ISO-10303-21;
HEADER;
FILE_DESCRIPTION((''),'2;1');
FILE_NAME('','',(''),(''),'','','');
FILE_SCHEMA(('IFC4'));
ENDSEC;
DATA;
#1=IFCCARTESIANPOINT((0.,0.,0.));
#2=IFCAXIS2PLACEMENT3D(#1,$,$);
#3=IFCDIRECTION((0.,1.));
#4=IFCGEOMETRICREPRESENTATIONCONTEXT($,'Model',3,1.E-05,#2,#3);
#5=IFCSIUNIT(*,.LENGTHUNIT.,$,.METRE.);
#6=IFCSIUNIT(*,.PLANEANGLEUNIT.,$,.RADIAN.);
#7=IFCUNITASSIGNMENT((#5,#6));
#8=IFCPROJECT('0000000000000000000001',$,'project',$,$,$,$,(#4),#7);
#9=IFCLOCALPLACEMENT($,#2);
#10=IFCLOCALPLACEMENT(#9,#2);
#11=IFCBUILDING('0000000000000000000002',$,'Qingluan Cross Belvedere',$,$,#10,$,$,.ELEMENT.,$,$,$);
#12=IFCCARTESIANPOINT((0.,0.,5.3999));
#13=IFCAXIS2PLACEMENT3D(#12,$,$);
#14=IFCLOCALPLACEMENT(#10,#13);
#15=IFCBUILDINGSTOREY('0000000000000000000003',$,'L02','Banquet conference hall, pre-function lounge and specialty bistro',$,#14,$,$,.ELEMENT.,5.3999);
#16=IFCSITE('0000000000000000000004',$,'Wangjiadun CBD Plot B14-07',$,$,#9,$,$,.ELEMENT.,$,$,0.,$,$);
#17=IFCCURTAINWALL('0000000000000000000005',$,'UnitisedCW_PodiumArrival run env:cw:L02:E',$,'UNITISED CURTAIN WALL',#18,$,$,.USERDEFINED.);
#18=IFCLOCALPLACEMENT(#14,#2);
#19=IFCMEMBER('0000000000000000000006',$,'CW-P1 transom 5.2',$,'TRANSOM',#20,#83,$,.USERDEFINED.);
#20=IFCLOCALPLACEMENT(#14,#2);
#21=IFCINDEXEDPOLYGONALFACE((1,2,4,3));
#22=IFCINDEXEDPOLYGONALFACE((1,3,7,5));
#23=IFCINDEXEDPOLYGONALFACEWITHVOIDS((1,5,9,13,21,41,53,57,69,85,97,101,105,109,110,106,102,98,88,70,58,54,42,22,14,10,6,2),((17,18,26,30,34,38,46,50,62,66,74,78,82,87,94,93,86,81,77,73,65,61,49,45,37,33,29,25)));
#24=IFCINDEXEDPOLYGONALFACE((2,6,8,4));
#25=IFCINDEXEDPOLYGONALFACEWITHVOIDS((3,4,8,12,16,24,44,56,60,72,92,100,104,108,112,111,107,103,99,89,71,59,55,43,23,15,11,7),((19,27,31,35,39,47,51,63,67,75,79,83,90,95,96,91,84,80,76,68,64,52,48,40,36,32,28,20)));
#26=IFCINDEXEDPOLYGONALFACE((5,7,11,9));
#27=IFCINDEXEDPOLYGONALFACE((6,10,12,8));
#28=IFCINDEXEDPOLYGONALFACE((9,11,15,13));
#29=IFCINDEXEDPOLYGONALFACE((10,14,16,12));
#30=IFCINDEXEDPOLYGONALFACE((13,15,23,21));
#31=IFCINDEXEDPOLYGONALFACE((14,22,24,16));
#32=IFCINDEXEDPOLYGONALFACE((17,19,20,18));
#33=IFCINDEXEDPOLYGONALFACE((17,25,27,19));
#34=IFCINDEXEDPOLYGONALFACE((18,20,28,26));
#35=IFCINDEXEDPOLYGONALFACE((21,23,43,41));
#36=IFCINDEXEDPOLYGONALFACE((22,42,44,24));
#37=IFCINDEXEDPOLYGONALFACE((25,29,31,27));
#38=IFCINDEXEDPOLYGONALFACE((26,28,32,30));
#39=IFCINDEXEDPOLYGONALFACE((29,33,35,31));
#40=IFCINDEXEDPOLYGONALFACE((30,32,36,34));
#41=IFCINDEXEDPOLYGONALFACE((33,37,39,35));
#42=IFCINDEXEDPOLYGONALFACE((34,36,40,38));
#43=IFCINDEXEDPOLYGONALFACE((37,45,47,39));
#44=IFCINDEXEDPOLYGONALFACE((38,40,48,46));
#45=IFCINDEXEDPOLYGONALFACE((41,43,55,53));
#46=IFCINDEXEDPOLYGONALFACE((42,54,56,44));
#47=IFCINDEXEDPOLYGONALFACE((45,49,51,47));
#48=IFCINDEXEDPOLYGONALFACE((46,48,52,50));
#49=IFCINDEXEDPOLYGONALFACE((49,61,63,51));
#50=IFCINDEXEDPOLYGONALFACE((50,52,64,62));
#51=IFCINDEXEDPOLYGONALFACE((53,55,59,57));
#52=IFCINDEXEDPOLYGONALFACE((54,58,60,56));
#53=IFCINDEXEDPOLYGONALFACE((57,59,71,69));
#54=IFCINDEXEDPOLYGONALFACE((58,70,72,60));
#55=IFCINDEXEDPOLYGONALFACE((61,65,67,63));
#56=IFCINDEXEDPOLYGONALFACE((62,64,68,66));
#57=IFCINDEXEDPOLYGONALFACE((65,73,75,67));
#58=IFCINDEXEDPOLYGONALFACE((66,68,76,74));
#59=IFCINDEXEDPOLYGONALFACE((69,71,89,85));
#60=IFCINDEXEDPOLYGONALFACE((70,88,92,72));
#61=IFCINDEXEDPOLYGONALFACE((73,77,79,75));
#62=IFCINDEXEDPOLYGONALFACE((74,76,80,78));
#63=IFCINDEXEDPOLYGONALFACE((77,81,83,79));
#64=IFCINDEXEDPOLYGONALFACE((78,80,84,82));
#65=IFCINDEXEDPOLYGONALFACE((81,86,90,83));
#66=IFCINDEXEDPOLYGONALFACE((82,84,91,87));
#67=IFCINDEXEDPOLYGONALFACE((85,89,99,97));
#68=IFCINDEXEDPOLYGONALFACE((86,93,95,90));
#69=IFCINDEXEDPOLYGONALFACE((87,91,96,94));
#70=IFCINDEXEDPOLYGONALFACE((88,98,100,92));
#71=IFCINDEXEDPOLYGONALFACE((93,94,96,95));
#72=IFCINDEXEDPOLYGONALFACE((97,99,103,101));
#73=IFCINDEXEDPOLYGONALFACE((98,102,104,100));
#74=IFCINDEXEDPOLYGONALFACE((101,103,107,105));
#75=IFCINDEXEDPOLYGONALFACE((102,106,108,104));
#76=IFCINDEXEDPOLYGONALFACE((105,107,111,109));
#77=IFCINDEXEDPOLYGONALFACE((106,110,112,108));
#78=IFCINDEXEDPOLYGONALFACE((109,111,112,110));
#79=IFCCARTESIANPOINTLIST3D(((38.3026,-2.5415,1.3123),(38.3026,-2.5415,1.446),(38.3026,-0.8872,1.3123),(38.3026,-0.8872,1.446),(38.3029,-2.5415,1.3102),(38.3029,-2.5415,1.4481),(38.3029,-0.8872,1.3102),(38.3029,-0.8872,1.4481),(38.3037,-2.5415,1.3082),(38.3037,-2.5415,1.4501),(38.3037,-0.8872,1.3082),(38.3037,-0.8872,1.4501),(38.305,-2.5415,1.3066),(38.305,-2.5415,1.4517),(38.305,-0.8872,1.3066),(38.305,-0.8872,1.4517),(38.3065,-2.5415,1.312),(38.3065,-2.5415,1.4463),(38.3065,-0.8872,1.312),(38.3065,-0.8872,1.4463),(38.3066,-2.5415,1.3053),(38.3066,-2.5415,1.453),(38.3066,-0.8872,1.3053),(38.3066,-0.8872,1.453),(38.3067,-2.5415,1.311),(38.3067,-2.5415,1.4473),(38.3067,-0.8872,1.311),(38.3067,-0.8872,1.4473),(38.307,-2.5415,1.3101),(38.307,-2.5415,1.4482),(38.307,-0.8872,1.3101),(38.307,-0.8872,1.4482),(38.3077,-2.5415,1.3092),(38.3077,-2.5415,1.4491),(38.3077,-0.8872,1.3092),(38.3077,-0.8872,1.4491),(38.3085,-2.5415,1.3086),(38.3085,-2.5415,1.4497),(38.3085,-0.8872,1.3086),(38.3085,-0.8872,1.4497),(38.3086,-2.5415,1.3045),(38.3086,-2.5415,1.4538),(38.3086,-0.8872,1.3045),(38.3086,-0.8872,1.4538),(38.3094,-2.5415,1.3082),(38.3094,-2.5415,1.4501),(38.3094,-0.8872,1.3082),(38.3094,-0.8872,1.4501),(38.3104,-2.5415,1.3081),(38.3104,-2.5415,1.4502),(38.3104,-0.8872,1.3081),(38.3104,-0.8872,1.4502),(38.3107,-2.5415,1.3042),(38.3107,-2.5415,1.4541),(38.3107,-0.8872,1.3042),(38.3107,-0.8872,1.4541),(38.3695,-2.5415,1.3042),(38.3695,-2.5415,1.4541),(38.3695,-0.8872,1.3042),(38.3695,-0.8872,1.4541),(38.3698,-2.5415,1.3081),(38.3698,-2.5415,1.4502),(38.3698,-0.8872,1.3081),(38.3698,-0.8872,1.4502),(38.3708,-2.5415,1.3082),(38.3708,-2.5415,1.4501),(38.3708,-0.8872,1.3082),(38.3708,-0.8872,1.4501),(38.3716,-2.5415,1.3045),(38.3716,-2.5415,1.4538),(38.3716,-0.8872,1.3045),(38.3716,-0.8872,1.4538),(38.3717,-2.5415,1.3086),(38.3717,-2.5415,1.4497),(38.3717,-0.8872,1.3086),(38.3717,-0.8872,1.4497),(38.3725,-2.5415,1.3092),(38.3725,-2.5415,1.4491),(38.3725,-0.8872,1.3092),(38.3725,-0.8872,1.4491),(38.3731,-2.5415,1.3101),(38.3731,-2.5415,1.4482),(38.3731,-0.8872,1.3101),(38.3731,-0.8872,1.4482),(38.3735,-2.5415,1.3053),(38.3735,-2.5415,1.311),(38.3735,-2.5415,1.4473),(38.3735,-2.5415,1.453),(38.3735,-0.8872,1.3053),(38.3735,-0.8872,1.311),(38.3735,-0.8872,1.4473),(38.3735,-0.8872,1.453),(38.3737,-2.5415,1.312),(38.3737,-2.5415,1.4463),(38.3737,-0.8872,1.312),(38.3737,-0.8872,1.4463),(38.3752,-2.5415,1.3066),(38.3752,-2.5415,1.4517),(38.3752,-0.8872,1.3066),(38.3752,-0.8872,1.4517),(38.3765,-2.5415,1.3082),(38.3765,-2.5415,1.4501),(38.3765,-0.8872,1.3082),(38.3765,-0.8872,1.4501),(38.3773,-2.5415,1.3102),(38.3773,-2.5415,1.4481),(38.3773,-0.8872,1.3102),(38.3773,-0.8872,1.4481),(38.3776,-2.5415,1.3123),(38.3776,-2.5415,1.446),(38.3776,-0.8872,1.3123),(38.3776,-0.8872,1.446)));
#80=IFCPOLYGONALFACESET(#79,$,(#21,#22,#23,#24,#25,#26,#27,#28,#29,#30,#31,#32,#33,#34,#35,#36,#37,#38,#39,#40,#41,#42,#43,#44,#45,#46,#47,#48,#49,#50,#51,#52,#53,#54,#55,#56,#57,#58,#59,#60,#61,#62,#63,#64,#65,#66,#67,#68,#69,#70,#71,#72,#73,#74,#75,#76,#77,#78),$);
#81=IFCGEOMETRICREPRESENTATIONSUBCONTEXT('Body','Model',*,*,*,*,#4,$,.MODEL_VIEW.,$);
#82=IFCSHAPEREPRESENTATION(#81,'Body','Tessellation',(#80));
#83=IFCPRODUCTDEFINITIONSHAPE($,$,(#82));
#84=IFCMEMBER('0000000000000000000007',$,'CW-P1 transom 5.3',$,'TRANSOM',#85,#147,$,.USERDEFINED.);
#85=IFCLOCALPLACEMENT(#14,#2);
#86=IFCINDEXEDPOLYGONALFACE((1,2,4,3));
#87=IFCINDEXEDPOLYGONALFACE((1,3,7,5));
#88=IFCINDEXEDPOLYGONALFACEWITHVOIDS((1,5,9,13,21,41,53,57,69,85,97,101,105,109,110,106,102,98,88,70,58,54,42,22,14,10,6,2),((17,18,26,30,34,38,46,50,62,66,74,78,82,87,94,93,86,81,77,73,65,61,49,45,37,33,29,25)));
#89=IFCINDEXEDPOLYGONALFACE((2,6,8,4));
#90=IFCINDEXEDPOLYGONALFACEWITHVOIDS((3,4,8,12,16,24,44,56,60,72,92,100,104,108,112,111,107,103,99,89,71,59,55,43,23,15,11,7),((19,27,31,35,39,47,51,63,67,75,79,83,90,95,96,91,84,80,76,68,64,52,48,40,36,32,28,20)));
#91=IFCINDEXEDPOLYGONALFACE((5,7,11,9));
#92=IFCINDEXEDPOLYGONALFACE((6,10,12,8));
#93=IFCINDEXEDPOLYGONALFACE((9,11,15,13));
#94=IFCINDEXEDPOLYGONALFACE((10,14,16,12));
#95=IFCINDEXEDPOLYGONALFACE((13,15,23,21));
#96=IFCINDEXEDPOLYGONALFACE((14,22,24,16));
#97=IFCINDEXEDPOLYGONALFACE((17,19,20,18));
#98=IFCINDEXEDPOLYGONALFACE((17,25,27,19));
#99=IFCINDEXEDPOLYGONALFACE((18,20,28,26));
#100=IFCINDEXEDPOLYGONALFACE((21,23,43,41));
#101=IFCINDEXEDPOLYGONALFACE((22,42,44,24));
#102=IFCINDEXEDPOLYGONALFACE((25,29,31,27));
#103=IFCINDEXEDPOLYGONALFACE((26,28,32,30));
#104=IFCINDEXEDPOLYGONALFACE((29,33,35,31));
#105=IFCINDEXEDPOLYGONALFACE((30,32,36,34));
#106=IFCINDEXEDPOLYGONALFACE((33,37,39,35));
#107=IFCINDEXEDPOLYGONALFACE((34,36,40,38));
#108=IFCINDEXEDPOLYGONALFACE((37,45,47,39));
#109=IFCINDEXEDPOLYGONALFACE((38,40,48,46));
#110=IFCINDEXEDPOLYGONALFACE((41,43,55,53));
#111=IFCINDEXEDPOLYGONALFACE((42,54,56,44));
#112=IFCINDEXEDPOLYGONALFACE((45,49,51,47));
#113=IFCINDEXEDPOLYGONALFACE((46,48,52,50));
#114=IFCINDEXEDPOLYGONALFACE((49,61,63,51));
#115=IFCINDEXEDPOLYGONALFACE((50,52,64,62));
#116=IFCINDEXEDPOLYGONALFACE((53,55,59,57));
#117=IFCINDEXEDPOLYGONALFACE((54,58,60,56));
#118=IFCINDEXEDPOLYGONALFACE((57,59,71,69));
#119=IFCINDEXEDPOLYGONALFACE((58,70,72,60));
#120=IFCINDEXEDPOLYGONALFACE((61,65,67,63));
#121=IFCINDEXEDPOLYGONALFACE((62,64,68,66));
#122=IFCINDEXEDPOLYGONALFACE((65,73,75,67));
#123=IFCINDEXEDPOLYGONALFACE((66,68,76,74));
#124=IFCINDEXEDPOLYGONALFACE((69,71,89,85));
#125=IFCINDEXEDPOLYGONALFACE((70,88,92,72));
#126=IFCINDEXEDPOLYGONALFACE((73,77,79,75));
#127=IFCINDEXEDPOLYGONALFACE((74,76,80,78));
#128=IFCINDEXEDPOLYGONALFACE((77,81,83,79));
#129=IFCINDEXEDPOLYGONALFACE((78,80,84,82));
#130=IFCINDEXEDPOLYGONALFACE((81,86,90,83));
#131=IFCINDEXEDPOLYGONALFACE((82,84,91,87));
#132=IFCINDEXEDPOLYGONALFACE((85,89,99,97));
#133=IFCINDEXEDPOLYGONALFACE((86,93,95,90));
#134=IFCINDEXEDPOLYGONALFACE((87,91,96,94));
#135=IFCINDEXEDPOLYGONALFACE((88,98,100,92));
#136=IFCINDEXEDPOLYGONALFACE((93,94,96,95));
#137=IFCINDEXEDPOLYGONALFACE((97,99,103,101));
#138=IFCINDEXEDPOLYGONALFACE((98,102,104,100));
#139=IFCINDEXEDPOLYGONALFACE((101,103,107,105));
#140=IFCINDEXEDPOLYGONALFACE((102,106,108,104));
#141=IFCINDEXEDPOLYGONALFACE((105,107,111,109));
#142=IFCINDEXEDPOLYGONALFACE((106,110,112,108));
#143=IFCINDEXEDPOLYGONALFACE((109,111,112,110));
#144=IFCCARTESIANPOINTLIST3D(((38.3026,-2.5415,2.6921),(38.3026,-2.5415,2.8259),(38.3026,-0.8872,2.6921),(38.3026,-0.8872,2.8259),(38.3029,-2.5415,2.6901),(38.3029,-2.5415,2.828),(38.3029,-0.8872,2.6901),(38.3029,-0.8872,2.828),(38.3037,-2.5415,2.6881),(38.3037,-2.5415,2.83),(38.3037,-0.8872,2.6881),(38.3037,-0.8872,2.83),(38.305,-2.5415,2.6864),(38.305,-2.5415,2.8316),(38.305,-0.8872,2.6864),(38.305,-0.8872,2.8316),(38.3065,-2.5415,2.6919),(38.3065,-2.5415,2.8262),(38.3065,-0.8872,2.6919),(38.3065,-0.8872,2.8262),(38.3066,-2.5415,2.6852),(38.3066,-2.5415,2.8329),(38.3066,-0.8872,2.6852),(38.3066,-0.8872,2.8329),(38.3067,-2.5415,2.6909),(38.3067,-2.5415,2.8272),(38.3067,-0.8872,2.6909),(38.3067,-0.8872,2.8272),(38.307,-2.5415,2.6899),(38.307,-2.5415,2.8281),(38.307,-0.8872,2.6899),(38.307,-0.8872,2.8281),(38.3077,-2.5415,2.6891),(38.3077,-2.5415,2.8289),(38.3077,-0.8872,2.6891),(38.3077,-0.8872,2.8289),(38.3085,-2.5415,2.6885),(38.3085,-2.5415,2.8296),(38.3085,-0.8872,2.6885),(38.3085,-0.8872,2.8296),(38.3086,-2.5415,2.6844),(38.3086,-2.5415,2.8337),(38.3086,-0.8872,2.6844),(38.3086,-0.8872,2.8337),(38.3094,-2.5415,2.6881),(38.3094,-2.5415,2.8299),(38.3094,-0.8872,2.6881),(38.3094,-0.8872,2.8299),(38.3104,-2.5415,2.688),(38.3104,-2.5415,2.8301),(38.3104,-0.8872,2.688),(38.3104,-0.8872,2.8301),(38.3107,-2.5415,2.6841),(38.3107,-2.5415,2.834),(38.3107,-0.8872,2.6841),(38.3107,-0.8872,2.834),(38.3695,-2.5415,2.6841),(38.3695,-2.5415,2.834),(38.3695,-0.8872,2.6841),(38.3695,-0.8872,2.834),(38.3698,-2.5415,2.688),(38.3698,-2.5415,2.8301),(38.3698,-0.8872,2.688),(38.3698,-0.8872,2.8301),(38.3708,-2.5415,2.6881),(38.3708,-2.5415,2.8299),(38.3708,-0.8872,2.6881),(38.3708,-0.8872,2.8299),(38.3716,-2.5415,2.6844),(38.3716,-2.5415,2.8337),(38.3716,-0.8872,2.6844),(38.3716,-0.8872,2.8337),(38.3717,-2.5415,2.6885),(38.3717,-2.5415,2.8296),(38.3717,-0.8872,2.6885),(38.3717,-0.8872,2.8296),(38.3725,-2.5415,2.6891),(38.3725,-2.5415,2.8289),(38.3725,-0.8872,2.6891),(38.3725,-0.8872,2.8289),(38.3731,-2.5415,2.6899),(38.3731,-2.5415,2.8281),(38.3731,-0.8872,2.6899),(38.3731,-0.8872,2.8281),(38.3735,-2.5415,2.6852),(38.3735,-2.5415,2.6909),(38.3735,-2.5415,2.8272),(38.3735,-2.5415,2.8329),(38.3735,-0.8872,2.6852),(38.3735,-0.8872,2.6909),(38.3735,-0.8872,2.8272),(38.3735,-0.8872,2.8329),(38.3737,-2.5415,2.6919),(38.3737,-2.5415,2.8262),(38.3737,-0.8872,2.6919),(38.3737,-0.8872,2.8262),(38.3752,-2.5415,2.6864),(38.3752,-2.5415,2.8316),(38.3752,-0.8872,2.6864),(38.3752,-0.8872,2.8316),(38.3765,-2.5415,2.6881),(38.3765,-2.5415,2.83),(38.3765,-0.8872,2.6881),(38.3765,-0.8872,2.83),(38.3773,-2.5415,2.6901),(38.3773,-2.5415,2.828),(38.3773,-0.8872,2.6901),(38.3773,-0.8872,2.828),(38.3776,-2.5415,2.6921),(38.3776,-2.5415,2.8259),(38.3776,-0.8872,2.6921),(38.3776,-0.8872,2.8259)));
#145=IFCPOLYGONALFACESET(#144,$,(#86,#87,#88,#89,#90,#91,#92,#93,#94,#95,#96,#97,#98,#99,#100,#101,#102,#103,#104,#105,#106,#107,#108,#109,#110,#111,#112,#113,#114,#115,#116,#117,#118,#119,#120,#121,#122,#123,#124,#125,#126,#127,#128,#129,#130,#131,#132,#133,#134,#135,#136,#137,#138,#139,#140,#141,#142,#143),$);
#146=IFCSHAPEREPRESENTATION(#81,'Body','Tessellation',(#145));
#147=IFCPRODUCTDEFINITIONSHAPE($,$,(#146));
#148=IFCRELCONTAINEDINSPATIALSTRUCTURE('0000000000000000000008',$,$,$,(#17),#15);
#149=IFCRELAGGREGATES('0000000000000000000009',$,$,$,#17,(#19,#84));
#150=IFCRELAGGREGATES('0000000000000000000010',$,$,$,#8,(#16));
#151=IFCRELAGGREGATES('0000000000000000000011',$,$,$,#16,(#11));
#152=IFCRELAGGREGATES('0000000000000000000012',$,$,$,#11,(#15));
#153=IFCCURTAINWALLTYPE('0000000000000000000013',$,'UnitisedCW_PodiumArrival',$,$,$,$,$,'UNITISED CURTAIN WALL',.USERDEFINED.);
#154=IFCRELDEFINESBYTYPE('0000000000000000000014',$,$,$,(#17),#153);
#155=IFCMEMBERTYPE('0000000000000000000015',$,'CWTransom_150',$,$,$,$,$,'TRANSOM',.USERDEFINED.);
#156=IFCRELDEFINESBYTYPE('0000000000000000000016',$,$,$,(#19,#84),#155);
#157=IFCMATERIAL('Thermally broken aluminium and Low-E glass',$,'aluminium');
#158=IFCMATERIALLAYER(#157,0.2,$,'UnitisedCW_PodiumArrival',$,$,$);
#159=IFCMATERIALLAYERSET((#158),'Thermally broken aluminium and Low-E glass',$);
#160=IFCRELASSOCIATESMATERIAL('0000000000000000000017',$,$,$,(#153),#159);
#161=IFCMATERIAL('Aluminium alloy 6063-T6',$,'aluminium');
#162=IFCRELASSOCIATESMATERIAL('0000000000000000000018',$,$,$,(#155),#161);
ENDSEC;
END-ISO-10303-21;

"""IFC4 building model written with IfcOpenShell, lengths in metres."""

from ifc_helpers import new_model, si_unit, direction, frame, origin, origin_2d, place, context, subcontext, project, spatial, hollow_rectangle, extrude, material, layer, layer_set, material_profile, profile_set, type_object, element, aggregate, save


model = new_model("IFC4")

# Units and contexts
model_context = context("Model", 3, precision=1e-05, world=origin(), true_north=direction((0.0, 1.0)))
body_context = subcontext(model_context, "Body", "Model", "MODEL_VIEW")
ifc_project = project(units=[si_unit("LENGTHUNIT", "METRE"), si_unit("PLANEANGLEUNIT", "RADIAN")], contexts=[model_context])

# Site, building, storey
site_placement = place(None, origin())
site = spatial("IfcSite", under=ifc_project, at=site_placement, Name="Wangjiadun CBD Plot B14-07", CompositionType="ELEMENT", RefElevation=0.0)
building_placement = place(site_placement, origin())
building = spatial("IfcBuilding", under=site, at=building_placement, Name="Qingluan Cross Belvedere", CompositionType="ELEMENT")
storey_placement = place(building_placement, frame((0.0, 0.0, 5.3999)))
storey = spatial("IfcBuildingStorey", under=building, at=storey_placement, Name="L02", Description="Banquet conference hall, pre-function lounge and specialty bistro", CompositionType="ELEMENT", Elevation=5.3999)

# Curtain wall, members
ifc_material_1 = material(Name="Thermally broken aluminium and Low-E glass", Category="aluminium")
ifc_layer_1 = layer(ifc_material_1, 0.2, Name="UnitisedCW_PodiumArrival")
ifc_layer_set_1 = layer_set([ifc_layer_1], Name="Thermally broken aluminium and Low-E glass")
curtain_wall_type = type_object("IfcCurtainWallType", Name="UnitisedCW_PodiumArrival", ElementType="UNITISED CURTAIN WALL", PredefinedType="USERDEFINED", material=ifc_layer_set_1)
curtain_wall_placement = place(storey_placement, origin())
curtain_wall = element("IfcCurtainWall", 1, at=curtain_wall_placement, inside=storey, type_object=curtain_wall_type, Name="UnitisedCW_PodiumArrival run env:cw:L02:E", ObjectType="UNITISED CURTAIN WALL", PredefinedType="USERDEFINED")
ifc_material_2 = material(Name="Aluminium alloy 6063-T6", Category="aluminium")
ifc_material_profile_1 = material_profile(ifc_material_2, hollow_rectangle(XDim=0.075, YDim=0.1499, WallThickness=0.0039, InnerFilletRadius=0.0039, OuterFilletRadius=0.0081, at=origin_2d()), Name="CWT150x75x4")
ifc_profile_set_1 = profile_set([ifc_material_profile_1], Name="Aluminium alloy 6063-T6")
member_type_1 = type_object("IfcMemberType", Name="CWTransom_150", ElementType="TRANSOM", PredefinedType="USERDEFINED", material=ifc_profile_set_1)
member_1_placement = place(storey_placement, frame((38.3401, -0.8872, 1.3792), z_axis=(0.0, -1.0, 0.0), x_axis=(1.0, 0.0, 0.0)))
member_1 = element("IfcMember", 2, at=member_1_placement, type_object=member_type_1, Name="CW-P1 transom 5.2", ObjectType="TRANSOM", PredefinedType="USERDEFINED", context=body_context, shape_type="SweptSolid", body=[
    extrude(hollow_rectangle(XDim=0.075, YDim=0.1499, WallThickness=0.0039, InnerFilletRadius=0.0039, OuterFilletRadius=0.0081, at=origin_2d()), origin(), (0.0, 0.0, 1.0), 1.6543),
])
member_2_placement = place(storey_placement, frame((38.3401, -0.8872, 2.759), z_axis=(0.0, -1.0, 0.0), x_axis=(1.0, 0.0, 0.0)))
member_2 = element("IfcMember", 3, at=member_2_placement, type_object=member_type_1, Name="CW-P1 transom 5.3", ObjectType="TRANSOM", PredefinedType="USERDEFINED", context=body_context, shape_type="SweptSolid", body=[
    extrude(hollow_rectangle(XDim=0.075, YDim=0.1499, WallThickness=0.0039, InnerFilletRadius=0.0039, OuterFilletRadius=0.0081, at=origin_2d()), origin(), (0.0, 0.0, 1.0), 1.6543),
])

aggregate(curtain_wall, [member_1, member_2])

save(model, "model.ifc")
